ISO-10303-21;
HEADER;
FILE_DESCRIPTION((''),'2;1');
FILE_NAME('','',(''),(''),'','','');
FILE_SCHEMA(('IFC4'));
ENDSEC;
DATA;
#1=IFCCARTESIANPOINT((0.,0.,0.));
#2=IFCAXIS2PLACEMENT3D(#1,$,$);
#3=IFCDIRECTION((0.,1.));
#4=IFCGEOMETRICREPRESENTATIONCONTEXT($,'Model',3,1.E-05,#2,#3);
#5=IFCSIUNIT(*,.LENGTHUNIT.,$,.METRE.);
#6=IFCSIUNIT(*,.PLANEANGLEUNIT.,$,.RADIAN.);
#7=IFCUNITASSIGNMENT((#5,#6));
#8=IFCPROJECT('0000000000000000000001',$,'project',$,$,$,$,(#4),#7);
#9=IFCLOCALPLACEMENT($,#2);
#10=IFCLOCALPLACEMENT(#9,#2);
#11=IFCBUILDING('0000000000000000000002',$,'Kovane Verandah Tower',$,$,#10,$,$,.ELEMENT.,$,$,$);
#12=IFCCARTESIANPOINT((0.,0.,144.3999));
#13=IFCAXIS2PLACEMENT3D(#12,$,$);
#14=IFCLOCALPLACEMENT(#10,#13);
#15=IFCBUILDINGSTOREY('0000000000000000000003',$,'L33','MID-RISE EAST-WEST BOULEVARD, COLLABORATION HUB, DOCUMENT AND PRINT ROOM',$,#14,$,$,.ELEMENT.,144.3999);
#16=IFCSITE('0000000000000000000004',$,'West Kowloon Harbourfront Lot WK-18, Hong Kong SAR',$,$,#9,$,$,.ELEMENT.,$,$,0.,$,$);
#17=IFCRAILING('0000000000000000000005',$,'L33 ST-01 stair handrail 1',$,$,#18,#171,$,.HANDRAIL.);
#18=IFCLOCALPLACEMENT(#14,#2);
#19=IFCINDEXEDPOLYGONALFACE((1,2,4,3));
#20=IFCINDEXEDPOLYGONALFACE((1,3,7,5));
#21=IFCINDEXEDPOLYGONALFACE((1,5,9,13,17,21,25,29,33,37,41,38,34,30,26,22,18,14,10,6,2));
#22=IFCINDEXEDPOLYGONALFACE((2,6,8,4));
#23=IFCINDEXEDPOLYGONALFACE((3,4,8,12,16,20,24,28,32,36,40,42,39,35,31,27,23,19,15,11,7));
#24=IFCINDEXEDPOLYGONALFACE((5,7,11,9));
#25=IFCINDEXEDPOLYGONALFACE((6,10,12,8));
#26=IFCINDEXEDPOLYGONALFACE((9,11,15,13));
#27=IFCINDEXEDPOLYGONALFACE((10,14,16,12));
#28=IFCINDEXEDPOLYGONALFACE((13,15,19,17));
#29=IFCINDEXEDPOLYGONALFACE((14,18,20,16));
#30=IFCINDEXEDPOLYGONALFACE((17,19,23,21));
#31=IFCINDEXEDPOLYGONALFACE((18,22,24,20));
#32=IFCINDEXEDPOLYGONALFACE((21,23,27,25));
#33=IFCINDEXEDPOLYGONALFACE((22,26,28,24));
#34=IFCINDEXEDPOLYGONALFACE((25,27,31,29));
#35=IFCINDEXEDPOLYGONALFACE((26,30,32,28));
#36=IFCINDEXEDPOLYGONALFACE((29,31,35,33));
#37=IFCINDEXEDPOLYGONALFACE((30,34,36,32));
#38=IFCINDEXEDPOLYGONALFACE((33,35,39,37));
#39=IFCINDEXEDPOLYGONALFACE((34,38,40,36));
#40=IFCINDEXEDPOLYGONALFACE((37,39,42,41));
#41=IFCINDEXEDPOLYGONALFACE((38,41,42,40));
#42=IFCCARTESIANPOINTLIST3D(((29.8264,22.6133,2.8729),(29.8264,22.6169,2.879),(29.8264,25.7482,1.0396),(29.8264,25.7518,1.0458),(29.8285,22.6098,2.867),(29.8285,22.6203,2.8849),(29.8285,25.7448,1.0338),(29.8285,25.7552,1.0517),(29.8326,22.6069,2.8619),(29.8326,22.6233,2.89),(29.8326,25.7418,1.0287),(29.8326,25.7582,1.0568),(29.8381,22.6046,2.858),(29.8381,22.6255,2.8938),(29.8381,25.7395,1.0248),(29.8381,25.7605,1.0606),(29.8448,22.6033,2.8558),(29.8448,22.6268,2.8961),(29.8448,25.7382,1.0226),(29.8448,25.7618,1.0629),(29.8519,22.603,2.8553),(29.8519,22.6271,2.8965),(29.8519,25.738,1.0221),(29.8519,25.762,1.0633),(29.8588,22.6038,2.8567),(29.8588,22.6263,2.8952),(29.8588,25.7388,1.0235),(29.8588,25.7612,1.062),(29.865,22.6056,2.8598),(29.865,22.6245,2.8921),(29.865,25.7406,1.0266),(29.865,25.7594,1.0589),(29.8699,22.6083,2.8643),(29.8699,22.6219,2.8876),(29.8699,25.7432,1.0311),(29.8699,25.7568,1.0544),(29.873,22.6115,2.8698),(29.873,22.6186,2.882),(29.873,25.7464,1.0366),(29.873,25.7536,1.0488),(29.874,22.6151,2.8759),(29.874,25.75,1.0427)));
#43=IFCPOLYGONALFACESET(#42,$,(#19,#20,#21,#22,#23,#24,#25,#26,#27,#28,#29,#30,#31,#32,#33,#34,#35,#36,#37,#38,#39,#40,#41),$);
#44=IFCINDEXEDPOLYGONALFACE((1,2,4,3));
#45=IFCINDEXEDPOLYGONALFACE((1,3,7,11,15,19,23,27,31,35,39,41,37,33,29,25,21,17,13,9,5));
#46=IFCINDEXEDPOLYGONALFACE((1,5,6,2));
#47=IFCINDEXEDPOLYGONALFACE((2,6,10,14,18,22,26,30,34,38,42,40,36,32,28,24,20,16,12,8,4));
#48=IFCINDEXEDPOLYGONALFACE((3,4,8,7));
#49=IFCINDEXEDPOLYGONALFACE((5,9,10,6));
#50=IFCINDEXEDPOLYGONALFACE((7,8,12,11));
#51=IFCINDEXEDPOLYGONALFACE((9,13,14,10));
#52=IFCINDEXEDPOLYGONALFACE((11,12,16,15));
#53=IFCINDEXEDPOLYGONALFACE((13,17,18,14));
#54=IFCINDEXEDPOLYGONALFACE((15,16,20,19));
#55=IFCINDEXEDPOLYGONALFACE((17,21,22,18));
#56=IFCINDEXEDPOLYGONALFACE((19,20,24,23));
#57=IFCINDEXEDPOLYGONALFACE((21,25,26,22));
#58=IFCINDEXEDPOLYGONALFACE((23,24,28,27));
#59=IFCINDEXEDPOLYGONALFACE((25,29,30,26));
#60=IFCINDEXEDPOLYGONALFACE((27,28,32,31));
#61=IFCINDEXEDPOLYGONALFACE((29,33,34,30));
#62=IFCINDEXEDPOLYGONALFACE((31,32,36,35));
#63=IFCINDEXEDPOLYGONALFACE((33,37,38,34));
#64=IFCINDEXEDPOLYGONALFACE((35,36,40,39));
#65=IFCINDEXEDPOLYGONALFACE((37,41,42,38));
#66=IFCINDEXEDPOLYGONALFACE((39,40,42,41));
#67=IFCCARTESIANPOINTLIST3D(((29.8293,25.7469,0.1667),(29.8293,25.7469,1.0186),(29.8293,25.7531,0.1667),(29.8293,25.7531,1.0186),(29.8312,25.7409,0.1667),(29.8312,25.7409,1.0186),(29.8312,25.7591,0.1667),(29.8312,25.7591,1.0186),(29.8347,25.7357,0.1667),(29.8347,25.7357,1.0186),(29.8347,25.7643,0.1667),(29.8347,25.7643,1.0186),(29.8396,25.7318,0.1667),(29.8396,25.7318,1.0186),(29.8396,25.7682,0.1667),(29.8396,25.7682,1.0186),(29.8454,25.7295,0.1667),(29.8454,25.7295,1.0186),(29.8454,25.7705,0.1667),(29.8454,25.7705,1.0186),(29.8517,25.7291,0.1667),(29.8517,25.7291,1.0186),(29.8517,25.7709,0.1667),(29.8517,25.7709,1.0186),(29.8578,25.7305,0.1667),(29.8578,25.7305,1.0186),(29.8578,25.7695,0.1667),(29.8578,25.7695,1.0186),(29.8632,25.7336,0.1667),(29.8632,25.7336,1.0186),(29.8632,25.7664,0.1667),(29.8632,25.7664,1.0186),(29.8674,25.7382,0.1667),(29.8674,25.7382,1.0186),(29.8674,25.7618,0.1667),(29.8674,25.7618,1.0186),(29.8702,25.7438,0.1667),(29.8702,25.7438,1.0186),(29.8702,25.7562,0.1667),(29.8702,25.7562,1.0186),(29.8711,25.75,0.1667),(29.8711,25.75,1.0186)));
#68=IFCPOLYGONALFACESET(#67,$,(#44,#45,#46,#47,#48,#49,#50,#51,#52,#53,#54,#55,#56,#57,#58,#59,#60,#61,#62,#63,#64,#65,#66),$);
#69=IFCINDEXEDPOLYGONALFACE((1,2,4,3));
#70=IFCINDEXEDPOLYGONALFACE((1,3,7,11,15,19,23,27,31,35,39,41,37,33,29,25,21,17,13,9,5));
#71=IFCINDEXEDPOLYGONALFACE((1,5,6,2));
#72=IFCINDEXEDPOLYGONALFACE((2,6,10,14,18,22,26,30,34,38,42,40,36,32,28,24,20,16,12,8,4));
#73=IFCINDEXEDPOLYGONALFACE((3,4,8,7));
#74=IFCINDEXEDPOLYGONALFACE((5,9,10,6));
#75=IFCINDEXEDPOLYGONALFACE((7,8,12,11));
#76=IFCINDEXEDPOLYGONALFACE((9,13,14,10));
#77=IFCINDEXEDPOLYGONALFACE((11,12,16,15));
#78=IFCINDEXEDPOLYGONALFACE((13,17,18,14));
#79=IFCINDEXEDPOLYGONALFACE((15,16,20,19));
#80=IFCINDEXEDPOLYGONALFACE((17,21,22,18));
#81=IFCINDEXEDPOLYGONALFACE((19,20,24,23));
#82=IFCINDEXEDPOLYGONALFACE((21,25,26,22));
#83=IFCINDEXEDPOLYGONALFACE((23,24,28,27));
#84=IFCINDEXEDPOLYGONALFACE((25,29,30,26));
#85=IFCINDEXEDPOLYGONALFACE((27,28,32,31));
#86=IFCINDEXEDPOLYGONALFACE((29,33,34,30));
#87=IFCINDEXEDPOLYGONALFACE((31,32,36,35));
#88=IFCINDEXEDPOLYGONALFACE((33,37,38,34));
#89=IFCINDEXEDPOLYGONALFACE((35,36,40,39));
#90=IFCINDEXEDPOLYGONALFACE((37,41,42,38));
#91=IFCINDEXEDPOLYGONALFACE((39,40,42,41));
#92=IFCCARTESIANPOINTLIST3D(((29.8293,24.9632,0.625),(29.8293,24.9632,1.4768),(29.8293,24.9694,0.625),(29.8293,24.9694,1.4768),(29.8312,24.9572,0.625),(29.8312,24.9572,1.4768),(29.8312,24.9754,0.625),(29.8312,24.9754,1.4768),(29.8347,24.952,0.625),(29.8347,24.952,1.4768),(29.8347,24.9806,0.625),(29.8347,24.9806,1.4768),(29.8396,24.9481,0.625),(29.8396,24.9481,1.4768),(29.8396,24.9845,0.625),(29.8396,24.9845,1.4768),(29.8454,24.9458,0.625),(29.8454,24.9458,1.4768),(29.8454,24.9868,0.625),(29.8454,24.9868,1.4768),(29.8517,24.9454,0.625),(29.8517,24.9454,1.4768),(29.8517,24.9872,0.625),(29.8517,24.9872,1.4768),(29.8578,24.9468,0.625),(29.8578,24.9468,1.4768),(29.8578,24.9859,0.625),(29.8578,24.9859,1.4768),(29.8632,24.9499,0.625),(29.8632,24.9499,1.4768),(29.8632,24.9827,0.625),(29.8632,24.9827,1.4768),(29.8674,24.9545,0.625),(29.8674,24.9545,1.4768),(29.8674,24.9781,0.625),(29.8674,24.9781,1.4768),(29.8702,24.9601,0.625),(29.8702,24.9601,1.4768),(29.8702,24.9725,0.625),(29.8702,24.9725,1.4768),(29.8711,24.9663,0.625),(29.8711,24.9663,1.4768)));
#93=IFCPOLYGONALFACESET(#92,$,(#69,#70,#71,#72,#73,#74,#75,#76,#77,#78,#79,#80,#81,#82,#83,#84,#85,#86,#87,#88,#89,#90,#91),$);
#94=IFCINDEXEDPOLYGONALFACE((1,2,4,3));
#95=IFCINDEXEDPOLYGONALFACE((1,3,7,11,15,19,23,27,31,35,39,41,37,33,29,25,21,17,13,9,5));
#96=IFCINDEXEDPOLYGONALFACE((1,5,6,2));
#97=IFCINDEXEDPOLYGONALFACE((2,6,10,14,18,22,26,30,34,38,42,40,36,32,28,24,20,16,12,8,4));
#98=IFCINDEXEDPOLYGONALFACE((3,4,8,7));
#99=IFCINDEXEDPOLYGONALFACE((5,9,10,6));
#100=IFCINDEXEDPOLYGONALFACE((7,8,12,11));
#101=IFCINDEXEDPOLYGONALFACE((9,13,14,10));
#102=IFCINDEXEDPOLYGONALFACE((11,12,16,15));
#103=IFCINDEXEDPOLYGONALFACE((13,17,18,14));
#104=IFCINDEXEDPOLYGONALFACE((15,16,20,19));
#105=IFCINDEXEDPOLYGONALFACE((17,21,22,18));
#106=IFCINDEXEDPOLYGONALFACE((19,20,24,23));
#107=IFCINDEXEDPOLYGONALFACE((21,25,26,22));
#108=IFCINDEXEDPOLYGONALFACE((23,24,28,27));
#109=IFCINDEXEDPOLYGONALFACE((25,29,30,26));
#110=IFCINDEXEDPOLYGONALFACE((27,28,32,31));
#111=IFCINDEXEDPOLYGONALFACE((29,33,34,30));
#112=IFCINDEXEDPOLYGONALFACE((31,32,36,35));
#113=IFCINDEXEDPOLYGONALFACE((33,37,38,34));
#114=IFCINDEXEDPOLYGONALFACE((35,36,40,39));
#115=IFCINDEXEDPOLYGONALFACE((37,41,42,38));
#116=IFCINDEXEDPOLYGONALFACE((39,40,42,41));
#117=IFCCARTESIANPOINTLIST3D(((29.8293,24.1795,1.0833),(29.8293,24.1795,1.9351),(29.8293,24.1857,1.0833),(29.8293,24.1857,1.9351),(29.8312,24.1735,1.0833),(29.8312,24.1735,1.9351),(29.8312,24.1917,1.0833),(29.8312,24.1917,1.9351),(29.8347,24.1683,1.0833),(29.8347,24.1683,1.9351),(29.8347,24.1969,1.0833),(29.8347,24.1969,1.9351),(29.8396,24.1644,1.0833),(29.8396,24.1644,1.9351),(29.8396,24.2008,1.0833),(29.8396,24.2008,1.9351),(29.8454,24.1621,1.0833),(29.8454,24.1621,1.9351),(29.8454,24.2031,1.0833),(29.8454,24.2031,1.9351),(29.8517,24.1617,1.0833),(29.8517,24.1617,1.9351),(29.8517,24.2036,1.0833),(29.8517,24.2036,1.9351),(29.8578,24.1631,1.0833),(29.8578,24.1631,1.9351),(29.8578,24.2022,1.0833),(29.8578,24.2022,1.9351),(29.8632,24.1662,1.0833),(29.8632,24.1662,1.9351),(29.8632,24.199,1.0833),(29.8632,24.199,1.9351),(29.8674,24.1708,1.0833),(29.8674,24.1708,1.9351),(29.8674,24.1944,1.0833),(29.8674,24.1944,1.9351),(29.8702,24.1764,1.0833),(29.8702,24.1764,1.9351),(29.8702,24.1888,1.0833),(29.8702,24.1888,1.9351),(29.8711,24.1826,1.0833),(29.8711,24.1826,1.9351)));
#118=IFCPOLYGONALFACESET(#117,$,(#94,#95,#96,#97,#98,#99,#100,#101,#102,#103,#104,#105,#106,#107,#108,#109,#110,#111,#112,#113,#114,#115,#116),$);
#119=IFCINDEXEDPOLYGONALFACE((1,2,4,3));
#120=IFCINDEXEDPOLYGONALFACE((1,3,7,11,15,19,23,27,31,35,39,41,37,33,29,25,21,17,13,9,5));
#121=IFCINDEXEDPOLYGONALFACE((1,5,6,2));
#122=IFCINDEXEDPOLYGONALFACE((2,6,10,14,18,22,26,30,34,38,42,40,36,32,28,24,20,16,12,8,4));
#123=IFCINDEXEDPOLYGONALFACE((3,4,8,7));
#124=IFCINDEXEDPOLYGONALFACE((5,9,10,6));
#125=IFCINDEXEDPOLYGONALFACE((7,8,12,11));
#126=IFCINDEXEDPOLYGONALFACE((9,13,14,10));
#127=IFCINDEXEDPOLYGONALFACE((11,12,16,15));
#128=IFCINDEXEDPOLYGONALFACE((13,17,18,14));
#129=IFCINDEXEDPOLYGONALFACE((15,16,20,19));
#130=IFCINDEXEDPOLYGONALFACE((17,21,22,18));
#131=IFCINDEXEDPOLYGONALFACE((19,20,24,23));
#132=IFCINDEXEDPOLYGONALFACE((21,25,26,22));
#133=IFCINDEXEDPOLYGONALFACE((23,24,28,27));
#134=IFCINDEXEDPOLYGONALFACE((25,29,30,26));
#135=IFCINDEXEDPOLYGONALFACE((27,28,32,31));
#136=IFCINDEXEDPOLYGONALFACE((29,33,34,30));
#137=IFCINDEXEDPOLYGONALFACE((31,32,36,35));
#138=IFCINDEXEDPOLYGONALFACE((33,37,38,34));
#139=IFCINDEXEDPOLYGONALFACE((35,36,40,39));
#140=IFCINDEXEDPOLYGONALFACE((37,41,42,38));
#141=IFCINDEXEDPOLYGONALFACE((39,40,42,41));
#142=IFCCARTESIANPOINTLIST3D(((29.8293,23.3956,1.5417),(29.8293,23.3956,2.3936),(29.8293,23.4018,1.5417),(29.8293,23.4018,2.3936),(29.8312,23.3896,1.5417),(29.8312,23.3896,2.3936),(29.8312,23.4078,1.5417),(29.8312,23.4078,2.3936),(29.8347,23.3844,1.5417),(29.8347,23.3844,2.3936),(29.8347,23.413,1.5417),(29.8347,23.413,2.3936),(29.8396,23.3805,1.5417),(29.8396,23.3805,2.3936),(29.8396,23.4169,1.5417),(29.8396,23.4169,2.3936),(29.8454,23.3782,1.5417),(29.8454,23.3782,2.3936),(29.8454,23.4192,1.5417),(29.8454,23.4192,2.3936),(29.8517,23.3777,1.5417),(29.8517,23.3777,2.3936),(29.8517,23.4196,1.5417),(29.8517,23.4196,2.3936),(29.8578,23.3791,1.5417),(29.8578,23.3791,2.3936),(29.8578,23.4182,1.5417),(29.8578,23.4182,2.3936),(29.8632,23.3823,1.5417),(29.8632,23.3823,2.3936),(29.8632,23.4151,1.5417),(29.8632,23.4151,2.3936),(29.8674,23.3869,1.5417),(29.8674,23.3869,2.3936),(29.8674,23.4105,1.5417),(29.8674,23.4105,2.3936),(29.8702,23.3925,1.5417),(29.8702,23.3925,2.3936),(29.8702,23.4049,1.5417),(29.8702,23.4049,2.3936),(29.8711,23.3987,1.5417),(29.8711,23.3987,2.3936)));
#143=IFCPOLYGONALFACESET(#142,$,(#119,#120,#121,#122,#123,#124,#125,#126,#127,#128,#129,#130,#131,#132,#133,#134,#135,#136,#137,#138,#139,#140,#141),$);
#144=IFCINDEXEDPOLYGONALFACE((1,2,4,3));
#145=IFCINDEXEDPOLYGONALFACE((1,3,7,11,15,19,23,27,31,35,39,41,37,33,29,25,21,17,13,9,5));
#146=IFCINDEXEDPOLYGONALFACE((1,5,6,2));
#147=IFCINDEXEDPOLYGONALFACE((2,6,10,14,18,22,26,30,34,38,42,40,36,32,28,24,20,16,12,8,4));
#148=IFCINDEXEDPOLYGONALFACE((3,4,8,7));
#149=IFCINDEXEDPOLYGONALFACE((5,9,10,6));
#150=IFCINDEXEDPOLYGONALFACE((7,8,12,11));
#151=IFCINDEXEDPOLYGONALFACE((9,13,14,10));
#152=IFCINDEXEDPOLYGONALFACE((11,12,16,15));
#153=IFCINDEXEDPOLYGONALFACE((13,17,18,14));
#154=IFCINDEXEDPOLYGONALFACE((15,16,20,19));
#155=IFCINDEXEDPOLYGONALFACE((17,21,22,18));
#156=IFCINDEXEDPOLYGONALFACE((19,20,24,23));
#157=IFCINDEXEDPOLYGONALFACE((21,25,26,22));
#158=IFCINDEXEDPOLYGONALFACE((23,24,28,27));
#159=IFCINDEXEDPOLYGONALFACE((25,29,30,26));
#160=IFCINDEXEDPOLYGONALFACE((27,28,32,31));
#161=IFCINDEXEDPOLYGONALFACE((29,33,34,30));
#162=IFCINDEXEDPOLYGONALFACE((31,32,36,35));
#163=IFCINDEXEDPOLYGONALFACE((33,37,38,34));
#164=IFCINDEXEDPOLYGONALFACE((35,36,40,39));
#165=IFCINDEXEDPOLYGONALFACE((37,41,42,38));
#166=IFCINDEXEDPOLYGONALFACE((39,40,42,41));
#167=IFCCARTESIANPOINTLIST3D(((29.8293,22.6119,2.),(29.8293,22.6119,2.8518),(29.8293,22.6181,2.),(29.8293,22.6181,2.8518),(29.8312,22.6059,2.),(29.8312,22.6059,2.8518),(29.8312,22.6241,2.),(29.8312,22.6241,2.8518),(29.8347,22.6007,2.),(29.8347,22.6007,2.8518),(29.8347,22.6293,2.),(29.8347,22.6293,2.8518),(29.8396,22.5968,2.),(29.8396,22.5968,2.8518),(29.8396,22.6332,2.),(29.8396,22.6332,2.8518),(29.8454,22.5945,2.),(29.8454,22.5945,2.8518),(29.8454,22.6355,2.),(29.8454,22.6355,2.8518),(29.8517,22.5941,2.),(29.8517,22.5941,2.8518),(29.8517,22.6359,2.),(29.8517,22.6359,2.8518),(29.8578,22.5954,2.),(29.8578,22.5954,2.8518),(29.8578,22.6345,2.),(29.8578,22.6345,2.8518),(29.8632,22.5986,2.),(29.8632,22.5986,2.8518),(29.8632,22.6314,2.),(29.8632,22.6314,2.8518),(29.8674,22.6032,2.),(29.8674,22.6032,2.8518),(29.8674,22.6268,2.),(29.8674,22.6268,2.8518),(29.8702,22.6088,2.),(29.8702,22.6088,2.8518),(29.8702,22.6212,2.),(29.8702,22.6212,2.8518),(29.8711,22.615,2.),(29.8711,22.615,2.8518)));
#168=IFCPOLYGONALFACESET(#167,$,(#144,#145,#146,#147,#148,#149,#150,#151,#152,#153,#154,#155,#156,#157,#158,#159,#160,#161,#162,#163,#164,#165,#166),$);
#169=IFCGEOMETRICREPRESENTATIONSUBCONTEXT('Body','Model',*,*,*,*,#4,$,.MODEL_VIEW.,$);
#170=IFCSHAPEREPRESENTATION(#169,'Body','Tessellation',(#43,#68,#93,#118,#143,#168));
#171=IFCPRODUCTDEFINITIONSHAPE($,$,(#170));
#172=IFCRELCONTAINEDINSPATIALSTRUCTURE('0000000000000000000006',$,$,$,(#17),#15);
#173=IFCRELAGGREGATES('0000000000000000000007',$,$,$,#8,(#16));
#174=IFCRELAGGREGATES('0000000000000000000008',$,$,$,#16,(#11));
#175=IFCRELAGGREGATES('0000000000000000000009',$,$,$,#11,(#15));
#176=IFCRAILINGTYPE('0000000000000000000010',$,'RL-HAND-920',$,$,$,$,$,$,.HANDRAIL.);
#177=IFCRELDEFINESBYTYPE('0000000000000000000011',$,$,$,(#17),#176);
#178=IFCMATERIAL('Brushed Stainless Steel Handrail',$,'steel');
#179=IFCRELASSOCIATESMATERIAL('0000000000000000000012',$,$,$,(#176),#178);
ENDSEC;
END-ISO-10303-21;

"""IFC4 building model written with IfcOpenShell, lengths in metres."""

from ifc_helpers import new_model, si_unit, direction, frame, origin, origin_2d, place, context, subcontext, project, spatial, circle, extrude, material, type_object, element, save


model = new_model("IFC4")

# Units and contexts
model_context = context("Model", 3, precision=1e-05, world=origin(), true_north=direction((0.0, 1.0)))
body_context = subcontext(model_context, "Body", "Model", "MODEL_VIEW")
ifc_project = project(units=[si_unit("LENGTHUNIT", "METRE"), si_unit("PLANEANGLEUNIT", "RADIAN")], contexts=[model_context])

# Site, building, storey
site_placement = place(None, origin())
site = spatial("IfcSite", under=ifc_project, at=site_placement, Name="West Kowloon Harbourfront Lot WK-18, Hong Kong SAR", CompositionType="ELEMENT", RefElevation=0.0)
building_placement = place(site_placement, origin())
building = spatial("IfcBuilding", under=site, at=building_placement, Name="Kovane Verandah Tower", CompositionType="ELEMENT")
storey_placement = place(building_placement, frame((0.0, 0.0, 144.3999)))
storey = spatial("IfcBuildingStorey", under=building, at=storey_placement, Name="L33", Description="MID-RISE EAST-WEST BOULEVARD, COLLABORATION HUB, DOCUMENT AND PRINT ROOM", CompositionType="ELEMENT", Elevation=144.3999)

# Railing
ifc_material_1 = material(Name="Brushed Stainless Steel Handrail", Category="steel")
railing_type_1 = type_object("IfcRailingType", Name="RL-HAND-920", PredefinedType="HANDRAIL", material=ifc_material_1)
railing_1_placement = place(storey_placement, frame((29.8501, 25.75, 0.1667)))
element("IfcRailing", 1, at=railing_1_placement, inside=storey, type_object=railing_type_1, Name="L33 ST-01 stair handrail 1", PredefinedType="HANDRAIL", context=body_context, shape_type="SweptSolid", body=[
    extrude(circle(Radius=0.0239, at=origin_2d()), frame((0.0, 0.0, 0.876), z_axis=(0.0, -0.86324, 0.504794), x_axis=(1.0, 0.0, 0.0)), (0.0, 0.0, 1.0), 3.6316),
    extrude(circle(Radius=0.021, at=origin_2d()), origin(), (0.0, 0.0, 1.0), 0.8518),
    extrude(circle(Radius=0.021, at=origin_2d()), frame((0.0, -0.7837, 0.4583)), (0.0, 0.0, 1.0), 0.8518),
    extrude(circle(Radius=0.021, at=origin_2d()), frame((0.0, -1.5674, 0.9165)), (0.0, 0.0, 1.0), 0.8518),
    extrude(circle(Radius=0.021, at=origin_2d()), frame((0.0, -2.3513, 1.375)), (0.0, 0.0, 1.0), 0.8518),
    extrude(circle(Radius=0.021, at=origin_2d()), frame((0.0, -3.135, 1.8333)), (0.0, 0.0, 1.0), 0.8518),
])

save(model, "model.ifc")
